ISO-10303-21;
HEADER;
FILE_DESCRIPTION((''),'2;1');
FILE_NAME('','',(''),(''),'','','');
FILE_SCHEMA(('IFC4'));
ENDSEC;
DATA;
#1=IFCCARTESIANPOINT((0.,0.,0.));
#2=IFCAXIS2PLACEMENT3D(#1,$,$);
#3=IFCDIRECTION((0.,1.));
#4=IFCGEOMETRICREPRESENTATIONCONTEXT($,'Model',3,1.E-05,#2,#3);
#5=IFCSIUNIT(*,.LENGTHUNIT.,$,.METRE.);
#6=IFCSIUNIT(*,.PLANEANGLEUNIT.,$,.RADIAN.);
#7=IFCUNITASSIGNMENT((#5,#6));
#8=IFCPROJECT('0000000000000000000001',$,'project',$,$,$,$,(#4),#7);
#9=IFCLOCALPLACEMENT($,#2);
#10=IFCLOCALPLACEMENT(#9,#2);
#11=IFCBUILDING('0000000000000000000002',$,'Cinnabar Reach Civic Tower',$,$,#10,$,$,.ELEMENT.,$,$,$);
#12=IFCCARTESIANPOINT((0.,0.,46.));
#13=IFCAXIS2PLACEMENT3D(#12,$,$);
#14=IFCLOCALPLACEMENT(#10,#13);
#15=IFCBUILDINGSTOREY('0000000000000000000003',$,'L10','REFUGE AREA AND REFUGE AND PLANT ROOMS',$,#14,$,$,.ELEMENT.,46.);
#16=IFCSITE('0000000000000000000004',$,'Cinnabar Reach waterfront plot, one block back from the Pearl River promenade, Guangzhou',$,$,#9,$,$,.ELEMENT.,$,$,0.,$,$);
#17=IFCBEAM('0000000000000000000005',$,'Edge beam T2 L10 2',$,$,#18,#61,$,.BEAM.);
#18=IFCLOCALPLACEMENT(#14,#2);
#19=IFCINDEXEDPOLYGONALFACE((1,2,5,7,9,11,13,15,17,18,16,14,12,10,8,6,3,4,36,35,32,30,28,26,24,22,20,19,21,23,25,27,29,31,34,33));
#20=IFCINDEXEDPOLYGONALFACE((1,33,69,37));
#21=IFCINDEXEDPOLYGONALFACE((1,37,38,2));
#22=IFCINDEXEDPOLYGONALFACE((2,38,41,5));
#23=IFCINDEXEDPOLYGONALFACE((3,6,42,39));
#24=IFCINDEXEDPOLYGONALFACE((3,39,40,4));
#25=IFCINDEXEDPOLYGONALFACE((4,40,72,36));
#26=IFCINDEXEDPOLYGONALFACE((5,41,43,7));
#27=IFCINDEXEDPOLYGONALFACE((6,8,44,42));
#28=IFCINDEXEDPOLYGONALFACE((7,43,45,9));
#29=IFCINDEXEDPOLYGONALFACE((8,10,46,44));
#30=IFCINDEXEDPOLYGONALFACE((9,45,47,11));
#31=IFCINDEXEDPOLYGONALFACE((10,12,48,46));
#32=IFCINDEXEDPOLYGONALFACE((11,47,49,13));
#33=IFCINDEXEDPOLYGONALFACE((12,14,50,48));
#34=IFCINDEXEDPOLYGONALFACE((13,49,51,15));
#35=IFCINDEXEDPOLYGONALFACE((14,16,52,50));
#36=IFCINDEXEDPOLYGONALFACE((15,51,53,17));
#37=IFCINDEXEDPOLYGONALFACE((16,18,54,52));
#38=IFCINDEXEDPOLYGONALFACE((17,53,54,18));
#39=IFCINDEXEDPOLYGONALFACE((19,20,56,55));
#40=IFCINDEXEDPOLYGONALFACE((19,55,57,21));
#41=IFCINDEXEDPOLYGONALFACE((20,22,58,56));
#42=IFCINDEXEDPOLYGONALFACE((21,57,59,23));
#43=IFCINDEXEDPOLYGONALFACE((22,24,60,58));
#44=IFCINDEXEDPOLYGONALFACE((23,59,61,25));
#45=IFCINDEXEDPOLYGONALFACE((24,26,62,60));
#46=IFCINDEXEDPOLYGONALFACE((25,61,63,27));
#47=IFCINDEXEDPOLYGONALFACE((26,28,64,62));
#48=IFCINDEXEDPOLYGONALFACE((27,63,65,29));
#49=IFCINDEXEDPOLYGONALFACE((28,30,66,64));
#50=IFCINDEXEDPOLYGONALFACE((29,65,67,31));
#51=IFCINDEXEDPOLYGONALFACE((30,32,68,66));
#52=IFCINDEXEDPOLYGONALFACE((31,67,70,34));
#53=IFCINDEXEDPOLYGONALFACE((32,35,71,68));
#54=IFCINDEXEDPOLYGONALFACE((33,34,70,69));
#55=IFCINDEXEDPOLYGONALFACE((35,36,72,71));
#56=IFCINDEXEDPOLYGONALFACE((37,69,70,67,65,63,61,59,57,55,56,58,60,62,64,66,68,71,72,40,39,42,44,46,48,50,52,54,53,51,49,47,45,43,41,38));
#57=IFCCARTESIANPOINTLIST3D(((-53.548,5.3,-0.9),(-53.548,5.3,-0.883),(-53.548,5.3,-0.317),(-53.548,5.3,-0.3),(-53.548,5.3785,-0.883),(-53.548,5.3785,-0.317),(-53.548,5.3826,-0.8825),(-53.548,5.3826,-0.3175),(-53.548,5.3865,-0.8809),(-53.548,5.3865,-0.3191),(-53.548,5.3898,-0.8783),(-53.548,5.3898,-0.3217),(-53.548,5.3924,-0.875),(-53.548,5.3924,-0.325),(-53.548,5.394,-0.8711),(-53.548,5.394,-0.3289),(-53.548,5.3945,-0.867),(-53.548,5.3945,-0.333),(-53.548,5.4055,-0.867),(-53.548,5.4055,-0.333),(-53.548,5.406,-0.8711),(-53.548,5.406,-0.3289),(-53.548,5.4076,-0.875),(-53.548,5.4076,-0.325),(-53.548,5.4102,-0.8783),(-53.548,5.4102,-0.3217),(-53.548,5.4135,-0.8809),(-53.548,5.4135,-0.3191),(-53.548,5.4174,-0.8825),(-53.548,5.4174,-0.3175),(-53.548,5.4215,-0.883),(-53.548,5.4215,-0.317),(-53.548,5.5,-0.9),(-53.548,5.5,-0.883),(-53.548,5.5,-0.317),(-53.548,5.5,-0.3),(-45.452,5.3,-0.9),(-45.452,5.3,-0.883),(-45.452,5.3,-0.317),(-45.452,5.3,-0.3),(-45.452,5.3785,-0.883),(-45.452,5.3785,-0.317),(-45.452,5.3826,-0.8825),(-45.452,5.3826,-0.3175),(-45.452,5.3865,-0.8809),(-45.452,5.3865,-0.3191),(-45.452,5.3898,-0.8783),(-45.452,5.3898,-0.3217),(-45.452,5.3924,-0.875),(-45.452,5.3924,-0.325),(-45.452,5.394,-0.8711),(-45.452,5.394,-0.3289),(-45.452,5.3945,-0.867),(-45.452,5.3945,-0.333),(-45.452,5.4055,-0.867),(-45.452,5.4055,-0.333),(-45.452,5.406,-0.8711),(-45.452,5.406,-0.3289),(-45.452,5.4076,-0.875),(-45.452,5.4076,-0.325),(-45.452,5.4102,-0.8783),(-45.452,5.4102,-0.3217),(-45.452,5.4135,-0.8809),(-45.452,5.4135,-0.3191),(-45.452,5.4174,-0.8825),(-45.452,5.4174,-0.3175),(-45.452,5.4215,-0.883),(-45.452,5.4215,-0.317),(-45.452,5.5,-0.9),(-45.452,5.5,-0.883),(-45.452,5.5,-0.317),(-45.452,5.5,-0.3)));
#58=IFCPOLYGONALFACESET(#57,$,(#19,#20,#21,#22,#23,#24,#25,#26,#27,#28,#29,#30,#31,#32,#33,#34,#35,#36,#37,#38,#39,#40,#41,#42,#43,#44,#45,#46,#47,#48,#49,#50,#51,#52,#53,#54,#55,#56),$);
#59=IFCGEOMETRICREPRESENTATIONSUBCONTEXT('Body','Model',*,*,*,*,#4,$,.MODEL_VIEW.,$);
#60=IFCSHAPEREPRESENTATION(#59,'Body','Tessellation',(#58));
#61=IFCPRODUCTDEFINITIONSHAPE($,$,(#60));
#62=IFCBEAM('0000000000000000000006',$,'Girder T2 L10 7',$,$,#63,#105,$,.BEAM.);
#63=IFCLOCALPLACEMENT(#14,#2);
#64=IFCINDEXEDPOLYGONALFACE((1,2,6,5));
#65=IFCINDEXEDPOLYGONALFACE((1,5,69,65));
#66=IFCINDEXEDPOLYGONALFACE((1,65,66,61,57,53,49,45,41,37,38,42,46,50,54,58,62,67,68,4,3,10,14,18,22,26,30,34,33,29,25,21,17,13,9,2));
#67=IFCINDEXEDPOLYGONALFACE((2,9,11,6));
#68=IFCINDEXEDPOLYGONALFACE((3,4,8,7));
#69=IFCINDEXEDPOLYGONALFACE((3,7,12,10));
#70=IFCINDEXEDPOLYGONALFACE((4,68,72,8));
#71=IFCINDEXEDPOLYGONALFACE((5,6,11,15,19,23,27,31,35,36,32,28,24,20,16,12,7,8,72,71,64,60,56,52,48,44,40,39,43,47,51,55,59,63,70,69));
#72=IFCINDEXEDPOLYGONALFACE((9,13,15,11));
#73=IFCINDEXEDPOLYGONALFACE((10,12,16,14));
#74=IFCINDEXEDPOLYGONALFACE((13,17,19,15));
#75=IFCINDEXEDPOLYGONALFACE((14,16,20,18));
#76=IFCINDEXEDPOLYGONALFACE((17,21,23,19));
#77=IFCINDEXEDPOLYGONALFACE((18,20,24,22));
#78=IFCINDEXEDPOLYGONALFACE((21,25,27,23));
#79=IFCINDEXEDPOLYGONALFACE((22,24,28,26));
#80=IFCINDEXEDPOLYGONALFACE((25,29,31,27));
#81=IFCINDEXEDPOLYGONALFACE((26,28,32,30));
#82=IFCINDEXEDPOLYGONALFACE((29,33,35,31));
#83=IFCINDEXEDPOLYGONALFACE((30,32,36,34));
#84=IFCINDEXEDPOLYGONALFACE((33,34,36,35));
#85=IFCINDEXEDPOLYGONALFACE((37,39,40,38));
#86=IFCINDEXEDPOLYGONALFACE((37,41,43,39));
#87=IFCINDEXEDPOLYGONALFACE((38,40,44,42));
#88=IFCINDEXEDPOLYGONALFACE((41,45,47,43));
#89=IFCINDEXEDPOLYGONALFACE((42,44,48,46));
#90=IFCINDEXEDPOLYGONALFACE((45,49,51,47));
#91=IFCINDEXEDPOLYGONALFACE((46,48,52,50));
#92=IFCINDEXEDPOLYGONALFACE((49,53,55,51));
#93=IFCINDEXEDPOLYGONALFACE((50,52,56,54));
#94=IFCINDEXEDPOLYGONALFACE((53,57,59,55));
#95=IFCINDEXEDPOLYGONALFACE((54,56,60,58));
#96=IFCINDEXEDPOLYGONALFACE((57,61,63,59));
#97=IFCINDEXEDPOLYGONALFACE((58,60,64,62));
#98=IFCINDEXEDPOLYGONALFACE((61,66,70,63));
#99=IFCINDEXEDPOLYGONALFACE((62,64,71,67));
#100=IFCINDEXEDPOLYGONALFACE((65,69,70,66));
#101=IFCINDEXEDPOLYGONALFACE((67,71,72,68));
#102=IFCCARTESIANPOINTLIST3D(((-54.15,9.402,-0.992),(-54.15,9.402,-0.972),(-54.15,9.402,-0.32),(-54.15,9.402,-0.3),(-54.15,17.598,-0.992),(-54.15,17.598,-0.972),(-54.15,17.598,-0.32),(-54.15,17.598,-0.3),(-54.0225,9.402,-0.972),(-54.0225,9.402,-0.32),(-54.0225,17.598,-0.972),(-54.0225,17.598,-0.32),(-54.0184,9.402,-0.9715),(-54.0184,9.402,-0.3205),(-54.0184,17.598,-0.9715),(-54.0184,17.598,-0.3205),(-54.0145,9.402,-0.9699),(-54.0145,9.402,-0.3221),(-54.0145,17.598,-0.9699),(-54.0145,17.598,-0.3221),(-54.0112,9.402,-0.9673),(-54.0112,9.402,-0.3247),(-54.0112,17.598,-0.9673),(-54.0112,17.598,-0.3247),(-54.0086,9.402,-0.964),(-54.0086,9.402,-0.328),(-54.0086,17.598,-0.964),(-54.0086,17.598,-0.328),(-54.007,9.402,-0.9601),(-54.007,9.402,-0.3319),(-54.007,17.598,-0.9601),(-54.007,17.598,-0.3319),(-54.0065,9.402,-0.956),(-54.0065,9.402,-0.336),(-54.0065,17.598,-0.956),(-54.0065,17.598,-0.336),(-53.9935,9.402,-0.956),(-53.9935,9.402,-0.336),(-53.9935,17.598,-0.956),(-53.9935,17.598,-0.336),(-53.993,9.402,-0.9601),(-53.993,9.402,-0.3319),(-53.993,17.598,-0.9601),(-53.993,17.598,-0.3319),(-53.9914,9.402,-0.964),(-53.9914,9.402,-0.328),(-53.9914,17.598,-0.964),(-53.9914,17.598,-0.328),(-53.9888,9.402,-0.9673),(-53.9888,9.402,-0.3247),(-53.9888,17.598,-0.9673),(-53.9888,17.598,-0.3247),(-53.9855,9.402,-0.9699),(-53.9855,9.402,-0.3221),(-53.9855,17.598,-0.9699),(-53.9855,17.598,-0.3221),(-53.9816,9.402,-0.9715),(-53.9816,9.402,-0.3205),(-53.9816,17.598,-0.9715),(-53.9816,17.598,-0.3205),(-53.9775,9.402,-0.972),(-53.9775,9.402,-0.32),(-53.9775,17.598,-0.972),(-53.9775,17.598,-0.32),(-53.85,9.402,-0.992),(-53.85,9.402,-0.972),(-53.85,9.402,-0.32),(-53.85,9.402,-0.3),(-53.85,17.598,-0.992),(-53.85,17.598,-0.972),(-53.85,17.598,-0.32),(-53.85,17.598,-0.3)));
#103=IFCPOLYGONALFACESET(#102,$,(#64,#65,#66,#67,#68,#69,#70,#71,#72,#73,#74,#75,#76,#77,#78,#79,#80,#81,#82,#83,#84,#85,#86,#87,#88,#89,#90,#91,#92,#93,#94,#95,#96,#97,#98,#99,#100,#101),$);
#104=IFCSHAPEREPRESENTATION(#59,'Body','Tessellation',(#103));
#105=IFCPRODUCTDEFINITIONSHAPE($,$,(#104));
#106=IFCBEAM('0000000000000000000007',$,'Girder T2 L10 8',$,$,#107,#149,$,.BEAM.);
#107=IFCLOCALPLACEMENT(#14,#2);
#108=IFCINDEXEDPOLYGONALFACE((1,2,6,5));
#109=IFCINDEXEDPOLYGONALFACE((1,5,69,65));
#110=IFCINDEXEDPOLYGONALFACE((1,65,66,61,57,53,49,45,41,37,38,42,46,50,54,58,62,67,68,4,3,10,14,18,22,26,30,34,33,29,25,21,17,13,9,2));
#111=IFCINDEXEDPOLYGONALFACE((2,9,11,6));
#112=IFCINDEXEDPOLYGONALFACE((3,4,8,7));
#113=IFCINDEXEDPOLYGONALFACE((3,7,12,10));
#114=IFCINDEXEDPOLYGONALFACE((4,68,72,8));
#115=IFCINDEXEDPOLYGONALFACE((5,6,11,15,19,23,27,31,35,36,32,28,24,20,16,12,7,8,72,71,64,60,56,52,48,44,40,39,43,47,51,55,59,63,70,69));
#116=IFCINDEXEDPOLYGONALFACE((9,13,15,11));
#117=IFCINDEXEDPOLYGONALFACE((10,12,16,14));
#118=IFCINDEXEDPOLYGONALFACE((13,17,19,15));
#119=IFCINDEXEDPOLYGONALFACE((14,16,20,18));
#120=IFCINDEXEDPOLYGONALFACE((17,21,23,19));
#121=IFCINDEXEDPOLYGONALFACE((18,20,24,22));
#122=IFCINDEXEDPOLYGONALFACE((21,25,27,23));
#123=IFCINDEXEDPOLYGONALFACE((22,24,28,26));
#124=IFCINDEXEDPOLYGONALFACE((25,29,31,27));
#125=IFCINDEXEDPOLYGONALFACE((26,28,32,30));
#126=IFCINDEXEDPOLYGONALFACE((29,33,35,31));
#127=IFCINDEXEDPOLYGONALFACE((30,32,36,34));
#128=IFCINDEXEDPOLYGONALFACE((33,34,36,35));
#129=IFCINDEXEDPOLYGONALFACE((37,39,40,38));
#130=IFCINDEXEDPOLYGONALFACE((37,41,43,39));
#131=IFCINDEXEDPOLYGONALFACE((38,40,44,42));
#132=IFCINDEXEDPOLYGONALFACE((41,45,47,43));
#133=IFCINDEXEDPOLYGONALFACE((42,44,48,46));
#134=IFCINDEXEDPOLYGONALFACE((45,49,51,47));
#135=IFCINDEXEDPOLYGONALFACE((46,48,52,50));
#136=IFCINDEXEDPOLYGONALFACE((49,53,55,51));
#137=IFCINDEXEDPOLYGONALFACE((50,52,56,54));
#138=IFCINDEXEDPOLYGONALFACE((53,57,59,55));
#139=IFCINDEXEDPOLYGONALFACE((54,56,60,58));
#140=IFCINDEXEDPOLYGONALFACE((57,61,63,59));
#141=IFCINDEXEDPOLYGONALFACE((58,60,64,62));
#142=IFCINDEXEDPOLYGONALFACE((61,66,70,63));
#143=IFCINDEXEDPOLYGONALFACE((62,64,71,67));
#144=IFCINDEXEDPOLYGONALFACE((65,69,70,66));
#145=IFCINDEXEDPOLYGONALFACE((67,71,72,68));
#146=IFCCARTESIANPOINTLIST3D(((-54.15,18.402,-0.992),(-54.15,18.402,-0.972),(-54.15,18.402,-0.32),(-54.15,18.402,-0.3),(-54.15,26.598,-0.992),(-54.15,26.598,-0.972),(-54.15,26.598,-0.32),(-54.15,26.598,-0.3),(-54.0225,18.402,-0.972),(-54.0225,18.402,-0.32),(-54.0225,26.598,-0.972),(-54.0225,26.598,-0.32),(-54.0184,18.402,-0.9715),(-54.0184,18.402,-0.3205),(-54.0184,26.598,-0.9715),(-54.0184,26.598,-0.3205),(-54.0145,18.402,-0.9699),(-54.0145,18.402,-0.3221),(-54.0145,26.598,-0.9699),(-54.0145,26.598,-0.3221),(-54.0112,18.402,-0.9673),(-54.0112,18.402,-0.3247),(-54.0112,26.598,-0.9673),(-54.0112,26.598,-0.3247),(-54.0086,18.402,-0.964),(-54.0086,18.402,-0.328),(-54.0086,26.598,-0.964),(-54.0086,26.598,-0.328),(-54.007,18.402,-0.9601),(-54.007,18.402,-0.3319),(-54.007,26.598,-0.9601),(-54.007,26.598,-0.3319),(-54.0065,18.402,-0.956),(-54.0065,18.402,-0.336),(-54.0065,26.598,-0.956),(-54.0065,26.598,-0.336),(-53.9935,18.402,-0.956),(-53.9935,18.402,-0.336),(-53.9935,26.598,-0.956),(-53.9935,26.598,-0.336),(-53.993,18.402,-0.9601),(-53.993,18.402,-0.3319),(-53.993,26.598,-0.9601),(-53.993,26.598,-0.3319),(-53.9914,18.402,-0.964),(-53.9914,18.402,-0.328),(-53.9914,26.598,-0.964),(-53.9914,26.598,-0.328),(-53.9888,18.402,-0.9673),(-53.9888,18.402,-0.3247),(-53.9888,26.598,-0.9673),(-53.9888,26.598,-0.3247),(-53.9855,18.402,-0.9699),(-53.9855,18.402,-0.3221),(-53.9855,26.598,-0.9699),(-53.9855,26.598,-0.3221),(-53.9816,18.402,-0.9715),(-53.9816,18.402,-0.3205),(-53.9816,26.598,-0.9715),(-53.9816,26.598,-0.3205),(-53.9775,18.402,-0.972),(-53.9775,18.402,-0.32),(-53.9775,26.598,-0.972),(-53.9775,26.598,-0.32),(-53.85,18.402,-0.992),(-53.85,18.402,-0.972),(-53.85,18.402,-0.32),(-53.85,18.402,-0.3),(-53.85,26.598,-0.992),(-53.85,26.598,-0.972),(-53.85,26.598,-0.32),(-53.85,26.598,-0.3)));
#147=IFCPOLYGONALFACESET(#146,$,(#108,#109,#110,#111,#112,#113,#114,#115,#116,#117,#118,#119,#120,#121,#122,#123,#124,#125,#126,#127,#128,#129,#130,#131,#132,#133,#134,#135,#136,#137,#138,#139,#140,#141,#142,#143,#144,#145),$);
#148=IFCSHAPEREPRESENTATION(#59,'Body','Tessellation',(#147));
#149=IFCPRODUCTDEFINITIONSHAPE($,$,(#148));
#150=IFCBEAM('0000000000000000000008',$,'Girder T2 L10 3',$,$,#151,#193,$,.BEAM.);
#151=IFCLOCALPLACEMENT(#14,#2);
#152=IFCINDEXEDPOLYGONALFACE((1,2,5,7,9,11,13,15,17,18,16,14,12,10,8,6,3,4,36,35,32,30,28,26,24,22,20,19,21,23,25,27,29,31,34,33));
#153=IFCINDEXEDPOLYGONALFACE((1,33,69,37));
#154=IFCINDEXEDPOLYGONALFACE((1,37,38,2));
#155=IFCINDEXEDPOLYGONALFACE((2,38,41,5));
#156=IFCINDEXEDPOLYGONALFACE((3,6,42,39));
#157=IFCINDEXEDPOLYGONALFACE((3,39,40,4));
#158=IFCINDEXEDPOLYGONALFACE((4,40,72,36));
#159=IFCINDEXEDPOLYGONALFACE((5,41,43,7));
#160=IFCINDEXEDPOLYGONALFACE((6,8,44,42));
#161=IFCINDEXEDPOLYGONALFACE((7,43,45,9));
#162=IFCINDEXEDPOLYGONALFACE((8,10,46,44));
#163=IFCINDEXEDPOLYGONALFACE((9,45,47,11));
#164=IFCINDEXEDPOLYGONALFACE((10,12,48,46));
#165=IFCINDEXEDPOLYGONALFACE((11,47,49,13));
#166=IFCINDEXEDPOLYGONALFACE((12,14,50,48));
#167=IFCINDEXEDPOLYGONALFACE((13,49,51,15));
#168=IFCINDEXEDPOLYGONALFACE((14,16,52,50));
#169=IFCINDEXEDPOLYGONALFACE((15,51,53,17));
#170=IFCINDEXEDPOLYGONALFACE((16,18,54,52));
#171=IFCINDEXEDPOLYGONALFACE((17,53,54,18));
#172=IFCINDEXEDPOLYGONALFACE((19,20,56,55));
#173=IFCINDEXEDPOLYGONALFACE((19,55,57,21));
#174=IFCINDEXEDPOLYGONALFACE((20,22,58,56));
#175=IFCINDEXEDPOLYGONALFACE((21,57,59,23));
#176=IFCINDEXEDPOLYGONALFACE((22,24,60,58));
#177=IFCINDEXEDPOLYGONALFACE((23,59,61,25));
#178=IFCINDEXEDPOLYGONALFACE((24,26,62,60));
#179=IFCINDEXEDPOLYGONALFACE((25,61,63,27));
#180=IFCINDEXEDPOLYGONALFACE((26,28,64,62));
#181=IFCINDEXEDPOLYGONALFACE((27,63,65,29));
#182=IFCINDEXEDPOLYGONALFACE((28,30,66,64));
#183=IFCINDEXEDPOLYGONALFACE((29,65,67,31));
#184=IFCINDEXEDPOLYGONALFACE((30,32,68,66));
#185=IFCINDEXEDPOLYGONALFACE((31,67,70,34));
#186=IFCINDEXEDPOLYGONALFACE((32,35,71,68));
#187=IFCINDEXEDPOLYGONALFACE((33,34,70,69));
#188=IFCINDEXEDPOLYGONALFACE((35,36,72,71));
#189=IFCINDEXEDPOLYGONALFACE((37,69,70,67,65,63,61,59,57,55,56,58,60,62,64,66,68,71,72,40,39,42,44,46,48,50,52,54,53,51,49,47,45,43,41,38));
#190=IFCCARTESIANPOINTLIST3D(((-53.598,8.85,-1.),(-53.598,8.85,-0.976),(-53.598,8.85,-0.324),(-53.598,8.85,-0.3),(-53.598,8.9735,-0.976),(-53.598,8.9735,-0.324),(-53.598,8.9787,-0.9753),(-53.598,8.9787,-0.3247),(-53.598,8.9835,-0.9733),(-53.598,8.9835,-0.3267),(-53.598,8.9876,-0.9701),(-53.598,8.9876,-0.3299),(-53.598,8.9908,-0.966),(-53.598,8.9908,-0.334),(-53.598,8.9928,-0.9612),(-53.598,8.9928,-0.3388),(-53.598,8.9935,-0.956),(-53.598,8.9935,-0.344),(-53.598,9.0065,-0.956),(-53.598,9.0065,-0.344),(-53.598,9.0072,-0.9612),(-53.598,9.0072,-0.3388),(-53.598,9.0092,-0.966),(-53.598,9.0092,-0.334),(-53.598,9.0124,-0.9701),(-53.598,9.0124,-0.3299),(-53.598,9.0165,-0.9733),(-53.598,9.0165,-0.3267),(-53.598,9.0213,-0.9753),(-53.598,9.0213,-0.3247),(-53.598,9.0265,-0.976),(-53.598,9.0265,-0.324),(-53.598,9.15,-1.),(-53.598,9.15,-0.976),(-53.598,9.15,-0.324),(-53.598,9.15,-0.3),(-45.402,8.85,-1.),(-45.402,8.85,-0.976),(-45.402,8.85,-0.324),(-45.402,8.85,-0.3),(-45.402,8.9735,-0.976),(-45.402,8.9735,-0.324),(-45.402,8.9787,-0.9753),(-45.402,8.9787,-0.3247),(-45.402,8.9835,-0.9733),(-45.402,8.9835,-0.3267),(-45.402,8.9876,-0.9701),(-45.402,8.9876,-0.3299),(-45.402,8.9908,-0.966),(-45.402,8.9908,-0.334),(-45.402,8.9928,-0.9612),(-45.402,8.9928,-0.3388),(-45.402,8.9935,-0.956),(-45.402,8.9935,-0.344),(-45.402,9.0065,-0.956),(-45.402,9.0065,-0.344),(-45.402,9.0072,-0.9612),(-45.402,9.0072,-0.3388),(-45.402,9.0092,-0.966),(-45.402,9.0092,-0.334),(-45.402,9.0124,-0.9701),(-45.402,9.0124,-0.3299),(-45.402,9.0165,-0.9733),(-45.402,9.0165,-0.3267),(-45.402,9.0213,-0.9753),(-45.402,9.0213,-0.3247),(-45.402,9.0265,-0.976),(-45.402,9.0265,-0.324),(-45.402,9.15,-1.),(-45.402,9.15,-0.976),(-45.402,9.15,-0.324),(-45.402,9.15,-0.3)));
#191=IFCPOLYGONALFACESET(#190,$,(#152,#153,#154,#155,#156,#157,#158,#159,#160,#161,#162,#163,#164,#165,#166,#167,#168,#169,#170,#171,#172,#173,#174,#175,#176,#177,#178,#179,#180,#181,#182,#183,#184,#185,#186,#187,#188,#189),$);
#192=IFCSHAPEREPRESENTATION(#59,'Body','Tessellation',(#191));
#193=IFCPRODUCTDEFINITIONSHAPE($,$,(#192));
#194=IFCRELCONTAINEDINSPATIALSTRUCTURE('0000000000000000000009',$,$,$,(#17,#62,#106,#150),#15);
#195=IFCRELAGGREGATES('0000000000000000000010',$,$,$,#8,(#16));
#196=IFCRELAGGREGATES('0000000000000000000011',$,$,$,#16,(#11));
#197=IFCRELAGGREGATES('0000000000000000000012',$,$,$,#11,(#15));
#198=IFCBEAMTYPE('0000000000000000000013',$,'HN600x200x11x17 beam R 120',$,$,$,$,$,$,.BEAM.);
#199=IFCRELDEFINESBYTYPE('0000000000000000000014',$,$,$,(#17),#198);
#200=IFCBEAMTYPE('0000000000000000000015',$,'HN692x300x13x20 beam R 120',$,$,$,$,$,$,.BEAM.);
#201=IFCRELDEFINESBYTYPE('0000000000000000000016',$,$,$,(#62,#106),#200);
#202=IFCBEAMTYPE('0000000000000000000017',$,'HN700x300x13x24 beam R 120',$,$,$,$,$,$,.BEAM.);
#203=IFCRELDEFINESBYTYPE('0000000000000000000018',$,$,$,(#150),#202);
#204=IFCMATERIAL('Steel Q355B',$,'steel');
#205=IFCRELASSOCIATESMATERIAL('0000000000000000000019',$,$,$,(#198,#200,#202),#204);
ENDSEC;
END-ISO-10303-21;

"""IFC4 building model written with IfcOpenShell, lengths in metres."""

from ifc_helpers import new_model, si_unit, direction, frame, origin, origin_2d, place, context, subcontext, project, spatial, i_section, extrude, material, material_profile, profile_set, type_object, element, save


model = new_model("IFC4")

# Units and contexts
model_context = context("Model", 3, precision=1e-05, world=origin(), true_north=direction((0.0, 1.0)))
body_context = subcontext(model_context, "Body", "Model", "MODEL_VIEW")
ifc_project = project(units=[si_unit("LENGTHUNIT", "METRE"), si_unit("PLANEANGLEUNIT", "RADIAN")], contexts=[model_context])

# Site, building, storey
site_placement = place(None, origin())
site = spatial("IfcSite", under=ifc_project, at=site_placement, Name="Cinnabar Reach waterfront plot, one block back from the Pearl River promenade, Guangzhou", CompositionType="ELEMENT", RefElevation=0.0)
building_placement = place(site_placement, origin())
building = spatial("IfcBuilding", under=site, at=building_placement, Name="Cinnabar Reach Civic Tower", CompositionType="ELEMENT")
storey_placement = place(building_placement, frame((0.0, 0.0, 46.0)))
storey = spatial("IfcBuildingStorey", under=building, at=storey_placement, Name="L10", Description="REFUGE AREA AND REFUGE AND PLANT ROOMS", CompositionType="ELEMENT", Elevation=46.0)

# Beams
ifc_material_1 = material(Name="Steel Q355B", Category="steel")
ifc_material_profile_1 = material_profile(ifc_material_1, i_section(OverallWidth=0.2, OverallDepth=0.6, WebThickness=0.011, FlangeThickness=0.017, FilletRadius=0.016, at=origin_2d()), Name="HN600x200x11x17")
ifc_profile_set_1 = profile_set([ifc_material_profile_1], Name="Steel Q355B")
beam_type_1 = type_object("IfcBeamType", Name="HN600x200x11x17 beam R 120", PredefinedType="BEAM", material=ifc_profile_set_1)
beam_1_placement = place(storey_placement, frame((-53.548, 5.4, -0.6), z_axis=(1.0, 0.0, 0.0), x_axis=(0.0, 1.0, 0.0)))
element("IfcBeam", 1, at=beam_1_placement, inside=storey, type_object=beam_type_1, Name="Edge beam T2 L10 2", PredefinedType="BEAM", context=body_context, shape_type="SweptSolid", body=[
    extrude(i_section(OverallWidth=0.2, OverallDepth=0.6, WebThickness=0.011, FlangeThickness=0.017, FilletRadius=0.016, at=origin_2d()), origin(), (0.0, 0.0, 1.0), 8.096),
])
ifc_material_profile_2 = material_profile(ifc_material_1, i_section(OverallWidth=0.3, OverallDepth=0.692, WebThickness=0.013, FlangeThickness=0.02, FilletRadius=0.016, at=origin_2d()), Name="HN692x300x13x20")
ifc_profile_set_2 = profile_set([ifc_material_profile_2], Name="Steel Q355B")
beam_type_2 = type_object("IfcBeamType", Name="HN692x300x13x20 beam R 120", PredefinedType="BEAM", material=ifc_profile_set_2)
for number, where, z_axis, x_axis, name in (
    (2, (-54.0, 9.402, -0.646), (0.0, 1.0, 0.0), (-1.0, 0.0, 0.0), "Girder T2 L10 7"),
    (3, (-54.0, 18.402, -0.646), (0.0, 1.0, 0.0), (-1.0, 0.0, 0.0), "Girder T2 L10 8"),
):
    element("IfcBeam", number, at=place(storey_placement, frame(where, z_axis=z_axis, x_axis=x_axis)), inside=storey, type_object=beam_type_2, Name=name, PredefinedType="BEAM", context=body_context, shape_type="SweptSolid", body=[
        extrude(i_section(OverallWidth=0.3, OverallDepth=0.692, WebThickness=0.013, FlangeThickness=0.02, FilletRadius=0.016, at=origin_2d()), origin(), (0.0, 0.0, 1.0), 8.196),
    ])
ifc_material_profile_3 = material_profile(ifc_material_1, i_section(OverallWidth=0.3, OverallDepth=0.7, WebThickness=0.013, FlangeThickness=0.024, FilletRadius=0.02, at=origin_2d()), Name="HN700x300x13x24")
ifc_profile_set_3 = profile_set([ifc_material_profile_3], Name="Steel Q355B")
beam_type_3 = type_object("IfcBeamType", Name="HN700x300x13x24 beam R 120", PredefinedType="BEAM", material=ifc_profile_set_3)
for number, where, z_axis, x_axis, name in (
    (4, (-53.598, 9.0, -0.65), (1.0, 0.0, 0.0), (0.0, 1.0, 0.0), "Girder T2 L10 3"),
):
    element("IfcBeam", number, at=place(storey_placement, frame(where, z_axis=z_axis, x_axis=x_axis)), inside=storey, type_object=beam_type_3, Name=name, PredefinedType="BEAM", context=body_context, shape_type="SweptSolid", body=[
        extrude(i_section(OverallWidth=0.3, OverallDepth=0.7, WebThickness=0.013, FlangeThickness=0.024, FilletRadius=0.02, at=origin_2d()), origin(), (0.0, 0.0, 1.0), 8.196),
    ])

save(model, "model.ifc")
